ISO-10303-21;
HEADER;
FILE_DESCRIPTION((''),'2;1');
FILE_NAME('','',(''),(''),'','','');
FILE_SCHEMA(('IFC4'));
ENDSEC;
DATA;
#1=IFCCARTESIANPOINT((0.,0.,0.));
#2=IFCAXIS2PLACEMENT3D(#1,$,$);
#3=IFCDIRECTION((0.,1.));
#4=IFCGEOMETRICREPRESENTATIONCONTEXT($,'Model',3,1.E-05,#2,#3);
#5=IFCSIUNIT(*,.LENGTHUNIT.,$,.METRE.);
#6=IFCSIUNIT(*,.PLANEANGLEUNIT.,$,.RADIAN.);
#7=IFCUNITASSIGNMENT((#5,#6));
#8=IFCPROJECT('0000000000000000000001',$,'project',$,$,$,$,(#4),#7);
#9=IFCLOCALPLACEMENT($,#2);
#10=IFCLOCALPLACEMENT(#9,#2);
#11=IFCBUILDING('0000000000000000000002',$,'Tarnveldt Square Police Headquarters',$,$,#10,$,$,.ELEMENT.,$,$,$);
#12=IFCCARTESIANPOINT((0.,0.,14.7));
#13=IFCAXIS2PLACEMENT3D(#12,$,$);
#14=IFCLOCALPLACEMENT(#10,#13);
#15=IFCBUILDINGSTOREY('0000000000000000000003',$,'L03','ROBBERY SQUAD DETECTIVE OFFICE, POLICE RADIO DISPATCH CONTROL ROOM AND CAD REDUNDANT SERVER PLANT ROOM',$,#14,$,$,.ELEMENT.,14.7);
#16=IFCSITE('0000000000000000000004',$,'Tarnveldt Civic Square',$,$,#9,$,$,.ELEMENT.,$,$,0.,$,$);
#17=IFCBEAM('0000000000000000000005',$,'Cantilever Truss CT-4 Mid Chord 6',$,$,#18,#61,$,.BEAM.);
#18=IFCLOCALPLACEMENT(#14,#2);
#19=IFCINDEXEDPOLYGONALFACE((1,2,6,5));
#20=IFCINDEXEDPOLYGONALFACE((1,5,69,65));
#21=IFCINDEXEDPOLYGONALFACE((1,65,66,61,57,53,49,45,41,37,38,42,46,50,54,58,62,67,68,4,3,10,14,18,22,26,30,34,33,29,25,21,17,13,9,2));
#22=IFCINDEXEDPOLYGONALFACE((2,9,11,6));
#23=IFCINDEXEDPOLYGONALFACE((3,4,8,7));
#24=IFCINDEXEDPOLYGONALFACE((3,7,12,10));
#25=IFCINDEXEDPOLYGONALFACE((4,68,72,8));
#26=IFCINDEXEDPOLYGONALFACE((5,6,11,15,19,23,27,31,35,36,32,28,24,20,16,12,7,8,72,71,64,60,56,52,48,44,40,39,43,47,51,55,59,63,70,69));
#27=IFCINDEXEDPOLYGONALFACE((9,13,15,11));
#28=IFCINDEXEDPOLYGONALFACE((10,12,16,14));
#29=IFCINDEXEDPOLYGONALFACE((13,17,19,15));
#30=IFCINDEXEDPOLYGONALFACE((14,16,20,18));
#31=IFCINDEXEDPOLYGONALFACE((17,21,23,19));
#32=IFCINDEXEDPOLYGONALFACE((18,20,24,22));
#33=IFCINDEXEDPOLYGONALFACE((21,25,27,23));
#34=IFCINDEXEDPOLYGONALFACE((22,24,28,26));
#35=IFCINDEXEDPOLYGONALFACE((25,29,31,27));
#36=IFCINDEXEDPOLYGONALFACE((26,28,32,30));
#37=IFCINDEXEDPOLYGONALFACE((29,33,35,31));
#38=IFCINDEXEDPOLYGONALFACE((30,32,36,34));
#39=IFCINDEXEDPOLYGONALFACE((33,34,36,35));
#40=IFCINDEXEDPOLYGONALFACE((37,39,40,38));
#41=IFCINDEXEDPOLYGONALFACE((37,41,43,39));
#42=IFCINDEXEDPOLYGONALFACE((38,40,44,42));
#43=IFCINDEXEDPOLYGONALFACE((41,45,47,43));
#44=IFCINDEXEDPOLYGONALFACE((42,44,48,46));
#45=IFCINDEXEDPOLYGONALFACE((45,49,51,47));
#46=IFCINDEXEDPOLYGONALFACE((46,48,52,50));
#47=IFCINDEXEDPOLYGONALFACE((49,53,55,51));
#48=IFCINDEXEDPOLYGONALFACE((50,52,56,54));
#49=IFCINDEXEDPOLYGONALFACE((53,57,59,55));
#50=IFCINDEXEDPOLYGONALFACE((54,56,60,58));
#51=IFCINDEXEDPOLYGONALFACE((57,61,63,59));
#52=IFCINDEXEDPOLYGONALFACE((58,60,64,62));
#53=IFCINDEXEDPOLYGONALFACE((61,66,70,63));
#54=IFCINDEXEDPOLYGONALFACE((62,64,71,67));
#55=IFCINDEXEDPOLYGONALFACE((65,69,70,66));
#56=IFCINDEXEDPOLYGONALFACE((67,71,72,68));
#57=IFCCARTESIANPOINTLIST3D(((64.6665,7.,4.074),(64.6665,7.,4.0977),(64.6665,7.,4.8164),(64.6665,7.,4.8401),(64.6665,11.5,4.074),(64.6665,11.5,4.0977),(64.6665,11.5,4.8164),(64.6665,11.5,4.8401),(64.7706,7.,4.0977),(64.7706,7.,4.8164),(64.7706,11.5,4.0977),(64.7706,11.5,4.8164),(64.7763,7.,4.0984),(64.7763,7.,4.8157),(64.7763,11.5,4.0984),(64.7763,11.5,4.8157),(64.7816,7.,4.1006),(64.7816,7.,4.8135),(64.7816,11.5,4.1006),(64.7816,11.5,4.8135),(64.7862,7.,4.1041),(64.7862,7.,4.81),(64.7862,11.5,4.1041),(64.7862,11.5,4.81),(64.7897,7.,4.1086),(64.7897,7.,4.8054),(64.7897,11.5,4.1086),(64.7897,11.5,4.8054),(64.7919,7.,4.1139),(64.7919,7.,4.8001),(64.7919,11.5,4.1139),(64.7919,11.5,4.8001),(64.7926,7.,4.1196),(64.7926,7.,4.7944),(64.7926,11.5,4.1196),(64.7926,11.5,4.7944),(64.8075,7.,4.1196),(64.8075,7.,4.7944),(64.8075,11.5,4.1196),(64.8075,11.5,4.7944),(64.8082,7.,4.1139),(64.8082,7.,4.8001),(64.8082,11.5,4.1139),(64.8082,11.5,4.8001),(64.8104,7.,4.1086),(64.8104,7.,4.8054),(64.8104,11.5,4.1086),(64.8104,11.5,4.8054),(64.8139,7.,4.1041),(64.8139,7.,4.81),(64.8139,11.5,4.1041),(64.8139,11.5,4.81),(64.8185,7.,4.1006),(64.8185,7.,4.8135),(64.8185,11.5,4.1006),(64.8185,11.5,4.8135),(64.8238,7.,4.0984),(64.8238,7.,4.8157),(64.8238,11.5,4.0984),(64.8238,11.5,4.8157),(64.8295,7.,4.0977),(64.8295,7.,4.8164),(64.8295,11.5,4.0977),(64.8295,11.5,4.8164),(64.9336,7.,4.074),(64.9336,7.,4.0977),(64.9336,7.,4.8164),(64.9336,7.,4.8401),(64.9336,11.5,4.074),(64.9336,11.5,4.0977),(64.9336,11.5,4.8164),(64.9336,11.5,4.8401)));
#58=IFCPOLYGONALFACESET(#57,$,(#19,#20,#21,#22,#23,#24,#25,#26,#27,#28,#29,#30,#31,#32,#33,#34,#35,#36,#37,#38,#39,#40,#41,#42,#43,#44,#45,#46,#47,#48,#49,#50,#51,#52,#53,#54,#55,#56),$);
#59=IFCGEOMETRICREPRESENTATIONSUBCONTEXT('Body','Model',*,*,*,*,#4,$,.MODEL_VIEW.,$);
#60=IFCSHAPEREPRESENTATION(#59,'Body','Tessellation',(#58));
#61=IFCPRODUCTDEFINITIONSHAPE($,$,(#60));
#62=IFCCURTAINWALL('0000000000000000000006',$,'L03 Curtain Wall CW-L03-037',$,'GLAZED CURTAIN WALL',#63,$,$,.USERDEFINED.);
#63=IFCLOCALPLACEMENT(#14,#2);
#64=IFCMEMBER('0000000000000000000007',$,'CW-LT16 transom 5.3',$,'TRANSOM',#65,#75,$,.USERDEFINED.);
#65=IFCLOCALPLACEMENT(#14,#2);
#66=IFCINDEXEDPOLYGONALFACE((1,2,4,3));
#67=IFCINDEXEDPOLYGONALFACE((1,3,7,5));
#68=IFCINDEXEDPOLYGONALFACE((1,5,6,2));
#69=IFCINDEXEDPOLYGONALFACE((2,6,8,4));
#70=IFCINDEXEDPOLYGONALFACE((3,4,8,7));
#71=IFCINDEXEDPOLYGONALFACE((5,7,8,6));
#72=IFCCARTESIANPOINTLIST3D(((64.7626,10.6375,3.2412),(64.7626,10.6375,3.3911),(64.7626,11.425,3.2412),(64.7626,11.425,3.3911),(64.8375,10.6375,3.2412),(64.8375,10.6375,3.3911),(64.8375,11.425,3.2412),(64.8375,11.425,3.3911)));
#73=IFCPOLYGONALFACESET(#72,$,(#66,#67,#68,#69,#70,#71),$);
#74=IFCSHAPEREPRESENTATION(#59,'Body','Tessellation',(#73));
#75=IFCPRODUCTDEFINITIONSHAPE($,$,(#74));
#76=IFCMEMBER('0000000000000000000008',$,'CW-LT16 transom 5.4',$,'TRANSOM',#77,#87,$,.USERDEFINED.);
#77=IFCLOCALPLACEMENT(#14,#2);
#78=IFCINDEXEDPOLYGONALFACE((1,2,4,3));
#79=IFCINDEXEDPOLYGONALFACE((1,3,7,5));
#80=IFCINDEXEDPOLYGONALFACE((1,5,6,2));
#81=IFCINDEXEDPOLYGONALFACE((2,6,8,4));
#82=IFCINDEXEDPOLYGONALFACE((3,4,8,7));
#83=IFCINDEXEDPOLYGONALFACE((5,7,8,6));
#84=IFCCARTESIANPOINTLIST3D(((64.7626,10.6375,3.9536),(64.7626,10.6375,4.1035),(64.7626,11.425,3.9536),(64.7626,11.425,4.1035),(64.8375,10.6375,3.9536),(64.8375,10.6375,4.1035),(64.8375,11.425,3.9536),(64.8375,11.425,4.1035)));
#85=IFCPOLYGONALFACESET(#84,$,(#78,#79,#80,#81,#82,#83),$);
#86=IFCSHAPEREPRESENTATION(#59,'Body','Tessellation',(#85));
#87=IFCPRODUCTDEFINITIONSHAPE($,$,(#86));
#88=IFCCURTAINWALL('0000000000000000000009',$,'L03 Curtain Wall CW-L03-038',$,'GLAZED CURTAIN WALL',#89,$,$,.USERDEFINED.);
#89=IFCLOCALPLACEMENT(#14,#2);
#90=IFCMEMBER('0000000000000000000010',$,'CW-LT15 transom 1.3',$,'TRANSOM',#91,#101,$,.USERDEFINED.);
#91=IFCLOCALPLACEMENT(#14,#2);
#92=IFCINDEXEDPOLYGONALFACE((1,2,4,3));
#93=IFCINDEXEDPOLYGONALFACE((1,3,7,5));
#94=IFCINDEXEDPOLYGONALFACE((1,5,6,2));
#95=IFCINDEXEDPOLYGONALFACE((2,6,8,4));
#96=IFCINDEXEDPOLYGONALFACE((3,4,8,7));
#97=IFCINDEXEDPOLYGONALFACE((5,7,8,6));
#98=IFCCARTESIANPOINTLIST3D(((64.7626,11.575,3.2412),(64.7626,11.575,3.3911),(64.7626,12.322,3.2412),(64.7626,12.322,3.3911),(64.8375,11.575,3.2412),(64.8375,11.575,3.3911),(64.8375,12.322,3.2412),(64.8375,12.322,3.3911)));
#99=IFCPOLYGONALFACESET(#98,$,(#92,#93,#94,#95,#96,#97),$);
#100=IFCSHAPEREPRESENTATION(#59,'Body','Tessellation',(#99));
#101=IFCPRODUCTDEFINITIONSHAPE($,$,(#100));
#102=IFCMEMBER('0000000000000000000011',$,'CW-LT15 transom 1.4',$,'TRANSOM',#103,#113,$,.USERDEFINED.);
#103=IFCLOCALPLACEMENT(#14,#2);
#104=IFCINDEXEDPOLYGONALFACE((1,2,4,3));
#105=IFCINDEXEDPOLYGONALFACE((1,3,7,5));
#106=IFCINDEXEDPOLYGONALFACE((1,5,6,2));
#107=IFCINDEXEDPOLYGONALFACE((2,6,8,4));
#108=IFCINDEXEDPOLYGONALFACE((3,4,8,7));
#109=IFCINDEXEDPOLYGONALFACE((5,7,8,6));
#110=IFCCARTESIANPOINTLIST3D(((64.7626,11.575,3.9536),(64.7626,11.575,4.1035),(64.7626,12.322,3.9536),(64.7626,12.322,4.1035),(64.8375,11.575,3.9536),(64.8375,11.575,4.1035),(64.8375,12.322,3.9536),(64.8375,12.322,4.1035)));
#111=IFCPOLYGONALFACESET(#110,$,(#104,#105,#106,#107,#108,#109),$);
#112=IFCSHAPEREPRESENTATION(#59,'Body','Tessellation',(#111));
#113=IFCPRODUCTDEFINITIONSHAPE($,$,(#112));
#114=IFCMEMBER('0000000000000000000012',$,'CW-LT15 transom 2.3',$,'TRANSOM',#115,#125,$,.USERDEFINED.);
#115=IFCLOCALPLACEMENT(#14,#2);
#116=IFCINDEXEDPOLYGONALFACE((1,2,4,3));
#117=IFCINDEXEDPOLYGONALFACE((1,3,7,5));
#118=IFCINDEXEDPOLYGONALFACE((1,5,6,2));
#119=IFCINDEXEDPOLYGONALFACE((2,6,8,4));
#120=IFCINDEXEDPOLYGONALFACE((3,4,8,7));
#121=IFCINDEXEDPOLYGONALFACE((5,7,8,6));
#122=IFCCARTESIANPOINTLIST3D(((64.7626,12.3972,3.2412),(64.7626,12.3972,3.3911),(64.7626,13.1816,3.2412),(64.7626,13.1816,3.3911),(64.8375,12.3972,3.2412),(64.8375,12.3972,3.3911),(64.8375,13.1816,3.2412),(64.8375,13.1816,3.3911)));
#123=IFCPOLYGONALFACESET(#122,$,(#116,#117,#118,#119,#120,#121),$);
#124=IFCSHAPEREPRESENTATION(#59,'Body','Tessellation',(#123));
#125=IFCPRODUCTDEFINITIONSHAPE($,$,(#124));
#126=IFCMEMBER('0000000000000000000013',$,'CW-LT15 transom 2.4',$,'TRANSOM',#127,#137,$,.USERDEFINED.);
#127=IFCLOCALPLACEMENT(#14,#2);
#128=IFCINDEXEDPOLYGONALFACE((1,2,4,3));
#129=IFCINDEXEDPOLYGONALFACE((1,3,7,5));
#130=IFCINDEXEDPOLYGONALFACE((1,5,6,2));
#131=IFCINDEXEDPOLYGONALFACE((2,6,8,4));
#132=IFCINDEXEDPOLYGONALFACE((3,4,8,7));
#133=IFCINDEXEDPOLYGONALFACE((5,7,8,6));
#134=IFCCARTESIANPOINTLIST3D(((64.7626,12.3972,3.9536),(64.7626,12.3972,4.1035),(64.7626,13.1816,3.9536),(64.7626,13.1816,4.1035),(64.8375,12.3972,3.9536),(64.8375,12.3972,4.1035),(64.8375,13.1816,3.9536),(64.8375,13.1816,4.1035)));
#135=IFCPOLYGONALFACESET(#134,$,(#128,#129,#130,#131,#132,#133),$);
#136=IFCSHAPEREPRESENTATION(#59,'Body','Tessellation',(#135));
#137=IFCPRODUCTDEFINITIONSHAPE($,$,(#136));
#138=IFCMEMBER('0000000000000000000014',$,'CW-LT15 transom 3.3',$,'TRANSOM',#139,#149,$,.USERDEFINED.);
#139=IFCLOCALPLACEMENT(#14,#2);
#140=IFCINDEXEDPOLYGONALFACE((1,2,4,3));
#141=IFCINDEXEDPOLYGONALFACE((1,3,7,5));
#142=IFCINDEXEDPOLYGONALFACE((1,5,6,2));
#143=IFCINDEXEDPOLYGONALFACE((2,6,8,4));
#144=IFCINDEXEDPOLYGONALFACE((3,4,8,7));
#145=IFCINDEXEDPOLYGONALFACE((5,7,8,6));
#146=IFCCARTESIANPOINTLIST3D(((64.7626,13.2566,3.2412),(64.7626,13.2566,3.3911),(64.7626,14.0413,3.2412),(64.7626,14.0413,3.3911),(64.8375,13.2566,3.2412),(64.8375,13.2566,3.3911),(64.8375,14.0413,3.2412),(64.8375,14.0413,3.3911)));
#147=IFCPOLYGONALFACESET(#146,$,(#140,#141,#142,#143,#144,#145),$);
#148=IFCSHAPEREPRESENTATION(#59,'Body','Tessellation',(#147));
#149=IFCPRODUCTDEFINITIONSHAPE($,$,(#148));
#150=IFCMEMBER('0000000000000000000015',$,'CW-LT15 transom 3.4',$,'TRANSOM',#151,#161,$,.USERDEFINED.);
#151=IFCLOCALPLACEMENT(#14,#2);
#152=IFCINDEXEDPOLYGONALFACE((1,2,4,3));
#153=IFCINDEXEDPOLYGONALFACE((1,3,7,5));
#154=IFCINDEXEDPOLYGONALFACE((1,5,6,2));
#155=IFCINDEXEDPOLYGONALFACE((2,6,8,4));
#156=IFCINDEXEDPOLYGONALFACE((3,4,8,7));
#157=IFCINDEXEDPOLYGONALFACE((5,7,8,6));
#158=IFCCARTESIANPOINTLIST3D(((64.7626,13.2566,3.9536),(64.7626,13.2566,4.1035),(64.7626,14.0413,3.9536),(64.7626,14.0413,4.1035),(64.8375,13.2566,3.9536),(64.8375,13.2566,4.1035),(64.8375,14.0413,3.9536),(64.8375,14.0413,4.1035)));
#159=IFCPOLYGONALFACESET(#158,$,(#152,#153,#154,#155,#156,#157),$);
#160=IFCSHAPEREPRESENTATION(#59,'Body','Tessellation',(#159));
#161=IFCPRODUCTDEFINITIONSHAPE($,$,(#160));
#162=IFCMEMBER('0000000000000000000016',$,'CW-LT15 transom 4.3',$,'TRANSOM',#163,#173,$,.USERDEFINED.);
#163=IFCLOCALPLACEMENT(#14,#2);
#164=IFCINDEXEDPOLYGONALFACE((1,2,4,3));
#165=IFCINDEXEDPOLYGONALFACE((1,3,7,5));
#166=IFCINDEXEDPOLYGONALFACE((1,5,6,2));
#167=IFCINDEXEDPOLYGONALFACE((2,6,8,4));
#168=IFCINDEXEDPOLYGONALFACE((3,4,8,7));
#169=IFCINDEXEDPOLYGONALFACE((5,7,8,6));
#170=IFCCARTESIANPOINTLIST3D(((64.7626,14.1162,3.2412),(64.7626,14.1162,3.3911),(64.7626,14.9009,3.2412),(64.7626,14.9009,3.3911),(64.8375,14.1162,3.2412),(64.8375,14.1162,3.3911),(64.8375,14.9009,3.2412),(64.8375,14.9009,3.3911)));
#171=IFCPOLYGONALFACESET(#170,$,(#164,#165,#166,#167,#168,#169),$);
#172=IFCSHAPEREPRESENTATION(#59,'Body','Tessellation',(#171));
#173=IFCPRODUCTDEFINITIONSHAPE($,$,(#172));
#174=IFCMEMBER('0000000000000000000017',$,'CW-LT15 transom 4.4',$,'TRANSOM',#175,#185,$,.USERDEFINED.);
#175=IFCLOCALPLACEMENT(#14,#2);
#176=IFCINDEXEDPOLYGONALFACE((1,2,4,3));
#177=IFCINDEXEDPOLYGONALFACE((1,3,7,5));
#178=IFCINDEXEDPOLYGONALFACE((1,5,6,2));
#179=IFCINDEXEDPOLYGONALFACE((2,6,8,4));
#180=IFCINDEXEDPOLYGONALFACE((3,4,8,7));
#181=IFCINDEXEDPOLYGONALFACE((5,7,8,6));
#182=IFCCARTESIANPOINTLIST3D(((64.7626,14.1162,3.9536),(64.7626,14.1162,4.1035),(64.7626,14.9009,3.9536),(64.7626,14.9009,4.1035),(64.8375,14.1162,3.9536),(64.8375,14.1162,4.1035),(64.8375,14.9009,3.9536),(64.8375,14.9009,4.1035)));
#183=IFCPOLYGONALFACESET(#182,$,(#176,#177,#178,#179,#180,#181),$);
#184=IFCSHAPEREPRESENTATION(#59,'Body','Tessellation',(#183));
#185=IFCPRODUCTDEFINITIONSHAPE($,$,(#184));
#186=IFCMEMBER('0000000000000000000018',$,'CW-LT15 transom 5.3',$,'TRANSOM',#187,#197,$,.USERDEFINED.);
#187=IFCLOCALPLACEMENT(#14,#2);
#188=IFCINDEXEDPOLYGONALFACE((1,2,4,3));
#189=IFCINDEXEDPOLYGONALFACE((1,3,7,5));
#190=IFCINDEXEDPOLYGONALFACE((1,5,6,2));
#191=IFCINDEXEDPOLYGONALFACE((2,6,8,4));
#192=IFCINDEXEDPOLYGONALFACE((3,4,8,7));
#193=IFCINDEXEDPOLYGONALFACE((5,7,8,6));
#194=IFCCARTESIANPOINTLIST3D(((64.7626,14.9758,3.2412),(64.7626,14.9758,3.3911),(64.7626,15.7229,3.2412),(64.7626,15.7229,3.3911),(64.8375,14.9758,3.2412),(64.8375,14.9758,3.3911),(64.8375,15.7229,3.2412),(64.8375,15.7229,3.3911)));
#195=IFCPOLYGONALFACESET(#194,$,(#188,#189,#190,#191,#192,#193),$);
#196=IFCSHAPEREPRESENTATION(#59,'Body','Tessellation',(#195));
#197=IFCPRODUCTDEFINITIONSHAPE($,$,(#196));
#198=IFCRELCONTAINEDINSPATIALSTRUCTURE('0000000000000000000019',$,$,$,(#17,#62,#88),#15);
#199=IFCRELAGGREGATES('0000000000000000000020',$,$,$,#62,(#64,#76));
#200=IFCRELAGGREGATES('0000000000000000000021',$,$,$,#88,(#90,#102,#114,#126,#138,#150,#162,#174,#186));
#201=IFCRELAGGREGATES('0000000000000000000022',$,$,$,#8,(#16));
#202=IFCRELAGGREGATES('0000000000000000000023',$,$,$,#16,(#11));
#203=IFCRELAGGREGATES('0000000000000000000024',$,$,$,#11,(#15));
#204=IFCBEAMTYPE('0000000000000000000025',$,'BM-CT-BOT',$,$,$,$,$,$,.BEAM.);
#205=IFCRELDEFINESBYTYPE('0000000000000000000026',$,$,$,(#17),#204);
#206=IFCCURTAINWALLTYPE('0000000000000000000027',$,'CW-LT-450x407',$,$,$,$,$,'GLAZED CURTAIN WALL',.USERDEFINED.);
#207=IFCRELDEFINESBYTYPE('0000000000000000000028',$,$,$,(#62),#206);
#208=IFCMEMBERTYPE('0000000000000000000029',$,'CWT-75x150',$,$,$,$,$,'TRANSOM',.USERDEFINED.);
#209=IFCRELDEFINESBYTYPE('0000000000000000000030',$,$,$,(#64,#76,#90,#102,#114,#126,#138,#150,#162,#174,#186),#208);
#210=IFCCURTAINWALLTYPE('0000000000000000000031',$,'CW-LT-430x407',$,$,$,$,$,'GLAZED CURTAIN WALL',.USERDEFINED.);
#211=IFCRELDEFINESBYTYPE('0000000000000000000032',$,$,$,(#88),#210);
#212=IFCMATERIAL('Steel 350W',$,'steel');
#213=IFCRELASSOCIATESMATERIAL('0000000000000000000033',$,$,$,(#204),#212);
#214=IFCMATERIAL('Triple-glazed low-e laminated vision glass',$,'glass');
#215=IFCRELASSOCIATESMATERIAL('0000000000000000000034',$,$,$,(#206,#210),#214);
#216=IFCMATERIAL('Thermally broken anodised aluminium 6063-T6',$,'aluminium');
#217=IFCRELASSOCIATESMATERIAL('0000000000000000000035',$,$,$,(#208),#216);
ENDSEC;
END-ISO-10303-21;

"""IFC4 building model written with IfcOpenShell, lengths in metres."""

from ifc_helpers import new_model, si_unit, direction, frame, origin, origin_2d, place, context, subcontext, project, spatial, rectangle, i_section, extrude, material, material_profile, profile_set, type_object, element, aggregate, save


model = new_model("IFC4")

# Units and contexts
model_context = context("Model", 3, precision=1e-05, world=origin(), true_north=direction((0.0, 1.0)))
body_context = subcontext(model_context, "Body", "Model", "MODEL_VIEW")
ifc_project = project(units=[si_unit("LENGTHUNIT", "METRE"), si_unit("PLANEANGLEUNIT", "RADIAN")], contexts=[model_context])

# Site, building, storey
site_placement = place(None, origin())
site = spatial("IfcSite", under=ifc_project, at=site_placement, Name="Tarnveldt Civic Square", CompositionType="ELEMENT", RefElevation=0.0)
building_placement = place(site_placement, origin())
building = spatial("IfcBuilding", under=site, at=building_placement, Name="Tarnveldt Square Police Headquarters", CompositionType="ELEMENT")
storey_placement = place(building_placement, frame((0.0, 0.0, 14.7)))
storey = spatial("IfcBuildingStorey", under=building, at=storey_placement, Name="L03", Description="ROBBERY SQUAD DETECTIVE OFFICE, POLICE RADIO DISPATCH CONTROL ROOM AND CAD REDUNDANT SERVER PLANT ROOM", CompositionType="ELEMENT", Elevation=14.7)

# Beam
ifc_material_1 = material(Name="Steel 350W", Category="steel")
ifc_material_profile_1 = material_profile(ifc_material_1, i_section(OverallWidth=0.2671, OverallDepth=0.7661, WebThickness=0.0149, FlangeThickness=0.0237, FilletRadius=0.022, at=origin_2d()), Name="W760x185")
ifc_profile_set_1 = profile_set([ifc_material_profile_1], Name="Steel 350W")
beam_type = type_object("IfcBeamType", Name="BM-CT-BOT", PredefinedType="BEAM", material=ifc_profile_set_1)
beam_placement = place(storey_placement, frame((64.8, 11.5, 4.457), z_axis=(0.0, -1.0, 0.0), x_axis=(1.0, 0.0, 0.0)))
element("IfcBeam", 1, at=beam_placement, inside=storey, type_object=beam_type, Name="Cantilever Truss CT-4 Mid Chord 6", PredefinedType="BEAM", context=body_context, shape_type="SweptSolid", body=[
    extrude(i_section(OverallWidth=0.2671, OverallDepth=0.7661, WebThickness=0.0149, FlangeThickness=0.0237, FilletRadius=0.022, at=origin_2d()), origin(), (0.0, 0.0, 1.0), 4.5),
])

# Curtain walls, members
ifc_material_2 = material(Name="Triple-glazed low-e laminated vision glass", Category="glass")
curtain_wall_type_1 = type_object("IfcCurtainWallType", Name="CW-LT-450x407", ElementType="GLAZED CURTAIN WALL", PredefinedType="USERDEFINED", material=ifc_material_2)
curtain_wall_1_placement = place(storey_placement, origin())
curtain_wall_1 = element("IfcCurtainWall", 2, at=curtain_wall_1_placement, inside=storey, type_object=curtain_wall_type_1, Name="L03 Curtain Wall CW-L03-037", ObjectType="GLAZED CURTAIN WALL", PredefinedType="USERDEFINED")
ifc_material_3 = material(Name="Thermally broken anodised aluminium 6063-T6", Category="aluminium")
ifc_material_profile_2 = material_profile(ifc_material_3, rectangle(XDim=0.075, YDim=0.1499, at=origin_2d()), Name="CW-T75x150")
ifc_profile_set_2 = profile_set([ifc_material_profile_2], Name="Thermally broken anodised aluminium 6063-T6")
member_type_1 = type_object("IfcMemberType", Name="CWT-75x150", ElementType="TRANSOM", PredefinedType="USERDEFINED", material=ifc_profile_set_2)
member_1_placement = place(storey_placement, frame((64.8, 10.6375, 3.3162), z_axis=(0.0, 1.0, 0.0), x_axis=(-1.0, 0.0, 0.0)))
member_1 = element("IfcMember", 3, at=member_1_placement, type_object=member_type_1, Name="CW-LT16 transom 5.3", ObjectType="TRANSOM", PredefinedType="USERDEFINED", context=body_context, shape_type="SweptSolid", body=[
    extrude(rectangle(XDim=0.075, YDim=0.1499, at=origin_2d()), origin(), (0.0, 0.0, 1.0), 0.7876),
])
member_2_placement = place(storey_placement, frame((64.8, 10.6375, 4.0286), z_axis=(0.0, 1.0, 0.0), x_axis=(-1.0, 0.0, 0.0)))
member_2 = element("IfcMember", 4, at=member_2_placement, type_object=member_type_1, Name="CW-LT16 transom 5.4", ObjectType="TRANSOM", PredefinedType="USERDEFINED", context=body_context, shape_type="SweptSolid", body=[
    extrude(rectangle(XDim=0.075, YDim=0.1499, at=origin_2d()), origin(), (0.0, 0.0, 1.0), 0.7876),
])
curtain_wall_type_2 = type_object("IfcCurtainWallType", Name="CW-LT-430x407", ElementType="GLAZED CURTAIN WALL", PredefinedType="USERDEFINED", material=ifc_material_2)
curtain_wall_2_placement = place(storey_placement, origin())
curtain_wall_2 = element("IfcCurtainWall", 5, at=curtain_wall_2_placement, inside=storey, type_object=curtain_wall_type_2, Name="L03 Curtain Wall CW-L03-038", ObjectType="GLAZED CURTAIN WALL", PredefinedType="USERDEFINED")
member_3_placement = place(storey_placement, frame((64.8, 11.575, 3.3162), z_axis=(0.0, 1.0, 0.0), x_axis=(-1.0, 0.0, 0.0)))
member_3 = element("IfcMember", 6, at=member_3_placement, type_object=member_type_1, Name="CW-LT15 transom 1.3", ObjectType="TRANSOM", PredefinedType="USERDEFINED", context=body_context, shape_type="SweptSolid", body=[
    extrude(rectangle(XDim=0.075, YDim=0.1499, at=origin_2d()), origin(), (0.0, 0.0, 1.0), 0.7471),
])
member_4_placement = place(storey_placement, frame((64.8, 11.575, 4.0286), z_axis=(0.0, 1.0, 0.0), x_axis=(-1.0, 0.0, 0.0)))
member_4 = element("IfcMember", 7, at=member_4_placement, type_object=member_type_1, Name="CW-LT15 transom 1.4", ObjectType="TRANSOM", PredefinedType="USERDEFINED", context=body_context, shape_type="SweptSolid", body=[
    extrude(rectangle(XDim=0.075, YDim=0.1499, at=origin_2d()), origin(), (0.0, 0.0, 1.0), 0.7471),
])
member_5_placement = place(storey_placement, frame((64.8, 12.3972, 3.3162), z_axis=(0.0, 1.0, 0.0), x_axis=(-1.0, 0.0, 0.0)))
member_5 = element("IfcMember", 8, at=member_5_placement, type_object=member_type_1, Name="CW-LT15 transom 2.3", ObjectType="TRANSOM", PredefinedType="USERDEFINED", context=body_context, shape_type="SweptSolid", body=[
    extrude(rectangle(XDim=0.075, YDim=0.1499, at=origin_2d()), origin(), (0.0, 0.0, 1.0), 0.7844),
])
member_6_placement = place(storey_placement, frame((64.8, 12.3972, 4.0286), z_axis=(0.0, 1.0, 0.0), x_axis=(-1.0, 0.0, 0.0)))
member_6 = element("IfcMember", 9, at=member_6_placement, type_object=member_type_1, Name="CW-LT15 transom 2.4", ObjectType="TRANSOM", PredefinedType="USERDEFINED", context=body_context, shape_type="SweptSolid", body=[
    extrude(rectangle(XDim=0.075, YDim=0.1499, at=origin_2d()), origin(), (0.0, 0.0, 1.0), 0.7844),
])
member_7_placement = place(storey_placement, frame((64.8, 13.2566, 3.3162), z_axis=(0.0, 1.0, 0.0), x_axis=(-1.0, 0.0, 0.0)))
member_7 = element("IfcMember", 10, at=member_7_placement, type_object=member_type_1, Name="CW-LT15 transom 3.3", ObjectType="TRANSOM", PredefinedType="USERDEFINED", context=body_context, shape_type="SweptSolid", body=[
    extrude(rectangle(XDim=0.075, YDim=0.1499, at=origin_2d()), origin(), (0.0, 0.0, 1.0), 0.7847),
])
member_8_placement = place(storey_placement, frame((64.8, 13.2566, 4.0286), z_axis=(0.0, 1.0, 0.0), x_axis=(-1.0, 0.0, 0.0)))
member_8 = element("IfcMember", 11, at=member_8_placement, type_object=member_type_1, Name="CW-LT15 transom 3.4", ObjectType="TRANSOM", PredefinedType="USERDEFINED", context=body_context, shape_type="SweptSolid", body=[
    extrude(rectangle(XDim=0.075, YDim=0.1499, at=origin_2d()), origin(), (0.0, 0.0, 1.0), 0.7847),
])
member_9_placement = place(storey_placement, frame((64.8, 14.1162, 3.3162), z_axis=(0.0, 1.0, 0.0), x_axis=(-1.0, 0.0, 0.0)))
member_9 = element("IfcMember", 12, at=member_9_placement, type_object=member_type_1, Name="CW-LT15 transom 4.3", ObjectType="TRANSOM", PredefinedType="USERDEFINED", context=body_context, shape_type="SweptSolid", body=[
    extrude(rectangle(XDim=0.075, YDim=0.1499, at=origin_2d()), origin(), (0.0, 0.0, 1.0), 0.7847),
])
member_10_placement = place(storey_placement, frame((64.8, 14.1162, 4.0286), z_axis=(0.0, 1.0, 0.0), x_axis=(-1.0, 0.0, 0.0)))
member_10 = element("IfcMember", 13, at=member_10_placement, type_object=member_type_1, Name="CW-LT15 transom 4.4", ObjectType="TRANSOM", PredefinedType="USERDEFINED", context=body_context, shape_type="SweptSolid", body=[
    extrude(rectangle(XDim=0.075, YDim=0.1499, at=origin_2d()), origin(), (0.0, 0.0, 1.0), 0.7847),
])
member_11_placement = place(storey_placement, frame((64.8, 14.9758, 3.3162), z_axis=(0.0, 1.0, 0.0), x_axis=(-1.0, 0.0, 0.0)))
member_11 = element("IfcMember", 14, at=member_11_placement, type_object=member_type_1, Name="CW-LT15 transom 5.3", ObjectType="TRANSOM", PredefinedType="USERDEFINED", context=body_context, shape_type="SweptSolid", body=[
    extrude(rectangle(XDim=0.075, YDim=0.1499, at=origin_2d()), origin(), (0.0, 0.0, 1.0), 0.7471),
])

aggregate(curtain_wall_1, [member_1, member_2])
aggregate(curtain_wall_2, [member_3, member_4, member_5, member_6, member_7, member_8, member_9, member_10, member_11])

save(model, "model.ifc")
